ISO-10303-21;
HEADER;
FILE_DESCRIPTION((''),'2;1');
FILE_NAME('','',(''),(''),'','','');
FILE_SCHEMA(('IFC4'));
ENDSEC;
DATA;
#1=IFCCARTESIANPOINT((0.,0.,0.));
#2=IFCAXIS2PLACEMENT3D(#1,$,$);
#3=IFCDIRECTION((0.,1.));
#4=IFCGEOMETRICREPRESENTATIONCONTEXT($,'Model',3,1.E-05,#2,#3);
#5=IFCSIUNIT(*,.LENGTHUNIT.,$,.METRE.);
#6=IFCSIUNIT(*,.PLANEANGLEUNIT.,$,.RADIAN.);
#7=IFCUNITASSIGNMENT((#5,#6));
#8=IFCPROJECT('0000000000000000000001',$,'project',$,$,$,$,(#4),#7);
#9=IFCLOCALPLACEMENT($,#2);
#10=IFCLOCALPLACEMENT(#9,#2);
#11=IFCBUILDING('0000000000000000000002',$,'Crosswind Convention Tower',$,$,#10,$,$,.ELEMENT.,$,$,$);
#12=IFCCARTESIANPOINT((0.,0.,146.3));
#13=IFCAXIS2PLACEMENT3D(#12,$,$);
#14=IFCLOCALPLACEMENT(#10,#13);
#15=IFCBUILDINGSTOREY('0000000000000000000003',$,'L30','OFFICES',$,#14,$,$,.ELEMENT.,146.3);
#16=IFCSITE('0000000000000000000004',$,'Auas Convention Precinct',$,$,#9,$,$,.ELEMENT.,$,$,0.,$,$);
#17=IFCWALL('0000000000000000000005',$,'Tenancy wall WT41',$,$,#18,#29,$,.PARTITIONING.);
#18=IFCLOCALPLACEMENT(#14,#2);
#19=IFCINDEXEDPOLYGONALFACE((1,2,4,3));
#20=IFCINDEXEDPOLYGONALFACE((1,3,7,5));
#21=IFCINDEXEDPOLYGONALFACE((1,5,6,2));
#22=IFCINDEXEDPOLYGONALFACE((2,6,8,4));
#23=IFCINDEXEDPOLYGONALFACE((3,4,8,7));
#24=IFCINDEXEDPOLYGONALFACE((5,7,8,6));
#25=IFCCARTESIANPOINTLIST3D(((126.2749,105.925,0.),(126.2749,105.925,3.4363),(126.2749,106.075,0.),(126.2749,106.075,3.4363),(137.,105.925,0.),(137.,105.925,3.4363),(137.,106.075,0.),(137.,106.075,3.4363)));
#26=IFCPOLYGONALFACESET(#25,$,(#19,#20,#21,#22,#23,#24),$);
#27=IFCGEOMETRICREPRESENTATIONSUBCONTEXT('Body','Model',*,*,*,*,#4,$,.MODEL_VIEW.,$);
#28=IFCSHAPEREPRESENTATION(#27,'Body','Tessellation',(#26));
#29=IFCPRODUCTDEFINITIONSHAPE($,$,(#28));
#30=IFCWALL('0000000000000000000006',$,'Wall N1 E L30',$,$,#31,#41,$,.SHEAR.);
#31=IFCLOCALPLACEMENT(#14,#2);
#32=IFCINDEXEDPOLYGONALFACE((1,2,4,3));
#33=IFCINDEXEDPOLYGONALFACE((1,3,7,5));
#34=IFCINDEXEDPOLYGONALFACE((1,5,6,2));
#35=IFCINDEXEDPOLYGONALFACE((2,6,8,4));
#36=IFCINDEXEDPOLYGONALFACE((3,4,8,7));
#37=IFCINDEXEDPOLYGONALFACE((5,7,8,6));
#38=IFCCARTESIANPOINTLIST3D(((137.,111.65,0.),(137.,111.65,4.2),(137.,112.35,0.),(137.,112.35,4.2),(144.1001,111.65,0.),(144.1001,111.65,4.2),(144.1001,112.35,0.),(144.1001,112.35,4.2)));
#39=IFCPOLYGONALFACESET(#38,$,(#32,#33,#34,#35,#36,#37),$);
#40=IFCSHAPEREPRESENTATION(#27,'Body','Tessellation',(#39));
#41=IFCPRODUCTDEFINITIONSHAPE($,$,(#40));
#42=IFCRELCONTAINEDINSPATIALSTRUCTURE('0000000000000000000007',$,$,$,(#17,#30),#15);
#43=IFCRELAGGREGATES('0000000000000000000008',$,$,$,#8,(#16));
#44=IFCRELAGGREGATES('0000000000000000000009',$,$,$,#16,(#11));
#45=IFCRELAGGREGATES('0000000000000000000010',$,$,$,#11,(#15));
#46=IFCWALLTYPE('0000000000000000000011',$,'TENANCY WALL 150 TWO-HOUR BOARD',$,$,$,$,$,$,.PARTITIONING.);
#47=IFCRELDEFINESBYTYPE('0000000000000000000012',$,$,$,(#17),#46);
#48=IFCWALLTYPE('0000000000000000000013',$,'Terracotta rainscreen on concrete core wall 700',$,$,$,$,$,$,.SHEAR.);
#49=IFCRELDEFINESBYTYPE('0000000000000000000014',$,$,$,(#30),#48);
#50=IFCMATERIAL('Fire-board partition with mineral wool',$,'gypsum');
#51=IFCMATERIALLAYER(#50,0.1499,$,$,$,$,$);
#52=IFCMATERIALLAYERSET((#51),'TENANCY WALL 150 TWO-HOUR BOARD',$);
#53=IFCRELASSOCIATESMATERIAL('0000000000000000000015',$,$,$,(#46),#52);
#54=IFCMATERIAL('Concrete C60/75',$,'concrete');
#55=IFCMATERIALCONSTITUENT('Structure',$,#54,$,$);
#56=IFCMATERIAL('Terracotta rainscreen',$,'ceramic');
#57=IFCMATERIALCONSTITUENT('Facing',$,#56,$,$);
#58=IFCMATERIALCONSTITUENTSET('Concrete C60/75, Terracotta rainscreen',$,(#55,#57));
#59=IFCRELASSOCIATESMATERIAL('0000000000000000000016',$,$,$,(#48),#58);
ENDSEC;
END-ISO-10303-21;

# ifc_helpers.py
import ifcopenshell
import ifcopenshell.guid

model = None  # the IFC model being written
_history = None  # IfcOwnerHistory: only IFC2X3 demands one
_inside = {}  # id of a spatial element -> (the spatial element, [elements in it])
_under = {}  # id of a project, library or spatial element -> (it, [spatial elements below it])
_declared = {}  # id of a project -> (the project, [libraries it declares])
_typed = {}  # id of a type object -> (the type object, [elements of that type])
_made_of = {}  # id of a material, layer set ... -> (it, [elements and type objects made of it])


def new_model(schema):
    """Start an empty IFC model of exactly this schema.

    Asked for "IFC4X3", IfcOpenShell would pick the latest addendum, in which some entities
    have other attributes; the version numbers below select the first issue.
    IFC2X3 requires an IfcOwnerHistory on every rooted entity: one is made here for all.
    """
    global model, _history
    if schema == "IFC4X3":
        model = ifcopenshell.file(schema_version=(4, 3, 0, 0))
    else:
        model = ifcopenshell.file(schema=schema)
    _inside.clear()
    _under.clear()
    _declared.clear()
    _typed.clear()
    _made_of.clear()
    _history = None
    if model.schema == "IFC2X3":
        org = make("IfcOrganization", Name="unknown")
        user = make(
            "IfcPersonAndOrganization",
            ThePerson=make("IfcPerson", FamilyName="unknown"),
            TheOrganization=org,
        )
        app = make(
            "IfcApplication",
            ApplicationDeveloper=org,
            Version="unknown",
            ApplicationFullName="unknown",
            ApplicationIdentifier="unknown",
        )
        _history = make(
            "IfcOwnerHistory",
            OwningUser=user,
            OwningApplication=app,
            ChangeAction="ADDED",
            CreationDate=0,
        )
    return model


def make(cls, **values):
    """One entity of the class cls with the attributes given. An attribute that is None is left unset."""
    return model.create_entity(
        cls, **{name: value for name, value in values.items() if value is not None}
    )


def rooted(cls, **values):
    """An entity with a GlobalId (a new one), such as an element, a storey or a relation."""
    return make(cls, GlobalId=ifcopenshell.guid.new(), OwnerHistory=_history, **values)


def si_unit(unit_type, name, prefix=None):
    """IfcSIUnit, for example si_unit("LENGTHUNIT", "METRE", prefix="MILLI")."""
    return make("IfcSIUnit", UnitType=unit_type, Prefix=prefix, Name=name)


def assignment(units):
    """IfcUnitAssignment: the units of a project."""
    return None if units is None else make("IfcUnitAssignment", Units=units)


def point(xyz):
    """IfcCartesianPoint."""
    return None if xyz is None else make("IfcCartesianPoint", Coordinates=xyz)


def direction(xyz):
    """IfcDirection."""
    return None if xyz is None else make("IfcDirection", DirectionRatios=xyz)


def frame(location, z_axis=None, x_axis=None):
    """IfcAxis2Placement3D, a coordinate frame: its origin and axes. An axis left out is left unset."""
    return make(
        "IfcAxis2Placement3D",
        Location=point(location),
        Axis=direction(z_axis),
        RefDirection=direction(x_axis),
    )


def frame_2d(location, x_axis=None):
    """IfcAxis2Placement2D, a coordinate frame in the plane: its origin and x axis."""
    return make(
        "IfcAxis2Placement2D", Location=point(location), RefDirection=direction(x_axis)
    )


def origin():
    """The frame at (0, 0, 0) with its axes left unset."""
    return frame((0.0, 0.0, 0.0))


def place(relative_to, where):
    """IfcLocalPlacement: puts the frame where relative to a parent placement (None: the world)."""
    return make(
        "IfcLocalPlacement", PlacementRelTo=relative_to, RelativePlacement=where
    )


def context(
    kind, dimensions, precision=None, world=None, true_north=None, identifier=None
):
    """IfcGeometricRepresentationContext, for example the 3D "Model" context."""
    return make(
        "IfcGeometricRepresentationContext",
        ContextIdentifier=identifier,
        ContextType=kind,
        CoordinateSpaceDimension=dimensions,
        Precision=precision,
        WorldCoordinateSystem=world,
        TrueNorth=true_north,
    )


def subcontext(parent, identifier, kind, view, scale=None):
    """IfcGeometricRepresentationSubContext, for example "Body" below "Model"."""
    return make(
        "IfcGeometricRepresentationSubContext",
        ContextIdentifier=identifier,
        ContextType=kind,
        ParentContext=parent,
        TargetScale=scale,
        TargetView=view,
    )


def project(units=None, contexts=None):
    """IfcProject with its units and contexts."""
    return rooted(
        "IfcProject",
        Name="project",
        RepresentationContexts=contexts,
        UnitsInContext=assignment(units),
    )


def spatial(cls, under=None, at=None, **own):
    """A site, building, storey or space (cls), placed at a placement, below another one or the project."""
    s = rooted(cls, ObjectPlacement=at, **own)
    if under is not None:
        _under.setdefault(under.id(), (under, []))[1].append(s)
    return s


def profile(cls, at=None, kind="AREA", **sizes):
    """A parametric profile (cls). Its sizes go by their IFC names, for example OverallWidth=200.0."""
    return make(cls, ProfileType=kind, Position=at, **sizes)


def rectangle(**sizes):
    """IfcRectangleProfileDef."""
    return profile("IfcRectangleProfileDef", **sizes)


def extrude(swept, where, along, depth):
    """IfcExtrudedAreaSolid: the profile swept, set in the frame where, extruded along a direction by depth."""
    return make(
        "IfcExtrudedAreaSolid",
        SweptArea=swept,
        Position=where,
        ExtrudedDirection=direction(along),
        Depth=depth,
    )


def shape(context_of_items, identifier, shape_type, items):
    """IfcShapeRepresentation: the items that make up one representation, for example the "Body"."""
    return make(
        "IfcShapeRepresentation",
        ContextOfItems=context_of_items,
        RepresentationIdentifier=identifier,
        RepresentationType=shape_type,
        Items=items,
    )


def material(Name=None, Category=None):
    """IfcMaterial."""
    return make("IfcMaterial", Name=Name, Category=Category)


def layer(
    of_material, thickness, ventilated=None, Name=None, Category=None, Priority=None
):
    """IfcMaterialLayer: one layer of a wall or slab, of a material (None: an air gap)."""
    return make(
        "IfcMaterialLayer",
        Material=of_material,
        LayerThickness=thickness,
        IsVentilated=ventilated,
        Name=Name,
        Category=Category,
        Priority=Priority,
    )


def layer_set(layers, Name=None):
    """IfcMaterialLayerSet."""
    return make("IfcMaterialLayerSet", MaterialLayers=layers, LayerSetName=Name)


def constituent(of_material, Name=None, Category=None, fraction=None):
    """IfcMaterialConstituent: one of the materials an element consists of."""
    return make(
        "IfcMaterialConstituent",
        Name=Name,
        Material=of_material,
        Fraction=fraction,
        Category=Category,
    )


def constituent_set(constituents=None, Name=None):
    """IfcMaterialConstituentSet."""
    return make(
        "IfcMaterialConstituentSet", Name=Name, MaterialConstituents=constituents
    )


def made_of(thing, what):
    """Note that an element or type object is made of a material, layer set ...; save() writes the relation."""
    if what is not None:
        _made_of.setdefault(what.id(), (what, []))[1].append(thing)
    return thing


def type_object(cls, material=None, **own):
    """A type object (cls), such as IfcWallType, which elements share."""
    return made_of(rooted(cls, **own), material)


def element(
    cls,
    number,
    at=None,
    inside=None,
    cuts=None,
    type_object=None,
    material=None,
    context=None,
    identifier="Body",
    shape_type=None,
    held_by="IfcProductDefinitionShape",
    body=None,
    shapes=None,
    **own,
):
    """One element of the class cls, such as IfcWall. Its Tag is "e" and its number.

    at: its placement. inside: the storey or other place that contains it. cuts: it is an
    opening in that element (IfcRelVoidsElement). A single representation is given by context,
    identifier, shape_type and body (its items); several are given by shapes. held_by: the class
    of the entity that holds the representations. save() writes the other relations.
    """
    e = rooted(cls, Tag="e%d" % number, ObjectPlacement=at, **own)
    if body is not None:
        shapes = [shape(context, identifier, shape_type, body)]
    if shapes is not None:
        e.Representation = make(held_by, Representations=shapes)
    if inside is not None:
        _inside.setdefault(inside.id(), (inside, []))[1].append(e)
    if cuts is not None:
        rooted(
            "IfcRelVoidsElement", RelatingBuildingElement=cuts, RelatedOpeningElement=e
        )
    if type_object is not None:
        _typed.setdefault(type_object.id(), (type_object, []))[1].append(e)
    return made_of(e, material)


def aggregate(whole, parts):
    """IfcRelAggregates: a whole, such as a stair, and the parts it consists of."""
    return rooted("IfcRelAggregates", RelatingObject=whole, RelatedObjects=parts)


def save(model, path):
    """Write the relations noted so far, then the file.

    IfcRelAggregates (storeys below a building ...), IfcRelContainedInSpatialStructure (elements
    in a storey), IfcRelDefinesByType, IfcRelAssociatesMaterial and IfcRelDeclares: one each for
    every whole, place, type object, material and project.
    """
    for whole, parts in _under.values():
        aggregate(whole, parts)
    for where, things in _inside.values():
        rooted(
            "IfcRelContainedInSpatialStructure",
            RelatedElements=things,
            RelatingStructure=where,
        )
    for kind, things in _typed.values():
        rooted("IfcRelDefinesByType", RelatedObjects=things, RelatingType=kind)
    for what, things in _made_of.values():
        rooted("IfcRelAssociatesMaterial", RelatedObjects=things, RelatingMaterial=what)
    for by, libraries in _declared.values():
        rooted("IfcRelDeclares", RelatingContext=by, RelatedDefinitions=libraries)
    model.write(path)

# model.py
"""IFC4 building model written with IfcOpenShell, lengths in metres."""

from ifc_helpers import new_model, si_unit, direction, frame, frame_2d, origin, place, context, subcontext, project, spatial, rectangle, extrude, material, layer, layer_set, constituent, constituent_set, type_object, element, save


model = new_model("IFC4")

# Units and contexts
model_context = context("Model", 3, precision=1e-05, world=origin(), true_north=direction((0.0, 1.0)))
body_context = subcontext(model_context, "Body", "Model", "MODEL_VIEW")
ifc_project = project(units=[si_unit("LENGTHUNIT", "METRE"), si_unit("PLANEANGLEUNIT", "RADIAN")], contexts=[model_context])

# Site, building, storey
site_placement = place(None, origin())
site = spatial("IfcSite", under=ifc_project, at=site_placement, Name="Auas Convention Precinct", CompositionType="ELEMENT", RefElevation=0.0)
building_placement = place(site_placement, origin())
building = spatial("IfcBuilding", under=site, at=building_placement, Name="Crosswind Convention Tower", CompositionType="ELEMENT")
storey_placement = place(building_placement, frame((0.0, 0.0, 146.3)))
storey = spatial("IfcBuildingStorey", under=building, at=storey_placement, Name="L30", Description="OFFICES", CompositionType="ELEMENT", Elevation=146.3)

# Shared definitions
ifc_material_1 = material(Name="Fire-board partition with mineral wool", Category="gypsum")
ifc_layer_1 = layer(ifc_material_1, 0.1499)
ifc_layer_set_1 = layer_set([ifc_layer_1], Name="TENANCY WALL 150 TWO-HOUR BOARD")
wall_type_1 = type_object("IfcWallType", Name="TENANCY WALL 150 TWO-HOUR BOARD", PredefinedType="PARTITIONING", material=ifc_layer_set_1)

# Walls
wall_1_placement = place(storey_placement, frame((126.2749, 106.0, 0.0), z_axis=(0.0, 0.0, 1.0), x_axis=(1.0, 0.0, 0.0)))
element("IfcWall", 1, at=wall_1_placement, inside=storey, type_object=wall_type_1, Name="Tenancy wall WT41", PredefinedType="PARTITIONING", context=body_context, shape_type="SweptSolid", body=[
    extrude(rectangle(XDim=10.7251, YDim=0.1499, at=frame_2d((5.3625, 0.0))), origin(), (0.0, 0.0, 1.0), 3.4363),
])
ifc_material_2 = material(Name="Concrete C60/75", Category="concrete")
ifc_constituent_1 = constituent(ifc_material_2, Name="Structure")
ifc_material_3 = material(Name="Terracotta rainscreen", Category="ceramic")
ifc_constituent_2 = constituent(ifc_material_3, Name="Facing")
ifc_constituent_set = constituent_set(constituents=[ifc_constituent_1, ifc_constituent_2], Name="Concrete C60/75, Terracotta rainscreen")
wall_type_2 = type_object("IfcWallType", Name="Terracotta rainscreen on concrete core wall 700", PredefinedType="SHEAR", material=ifc_constituent_set)
wall_2_placement = place(storey_placement, frame((137.0, 112.0, 0.0), z_axis=(0.0, 0.0, 1.0), x_axis=(1.0, 0.0, 0.0)))
element("IfcWall", 2, at=wall_2_placement, inside=storey, type_object=wall_type_2, Name="Wall N1 E L30", PredefinedType="SHEAR", context=body_context, shape_type="SweptSolid", body=[
    extrude(rectangle(XDim=7.1001, YDim=0.7, at=frame_2d((3.55, 0.0))), origin(), (0.0, 0.0, 1.0), 4.2),
])

save(model, "model.ifc")
